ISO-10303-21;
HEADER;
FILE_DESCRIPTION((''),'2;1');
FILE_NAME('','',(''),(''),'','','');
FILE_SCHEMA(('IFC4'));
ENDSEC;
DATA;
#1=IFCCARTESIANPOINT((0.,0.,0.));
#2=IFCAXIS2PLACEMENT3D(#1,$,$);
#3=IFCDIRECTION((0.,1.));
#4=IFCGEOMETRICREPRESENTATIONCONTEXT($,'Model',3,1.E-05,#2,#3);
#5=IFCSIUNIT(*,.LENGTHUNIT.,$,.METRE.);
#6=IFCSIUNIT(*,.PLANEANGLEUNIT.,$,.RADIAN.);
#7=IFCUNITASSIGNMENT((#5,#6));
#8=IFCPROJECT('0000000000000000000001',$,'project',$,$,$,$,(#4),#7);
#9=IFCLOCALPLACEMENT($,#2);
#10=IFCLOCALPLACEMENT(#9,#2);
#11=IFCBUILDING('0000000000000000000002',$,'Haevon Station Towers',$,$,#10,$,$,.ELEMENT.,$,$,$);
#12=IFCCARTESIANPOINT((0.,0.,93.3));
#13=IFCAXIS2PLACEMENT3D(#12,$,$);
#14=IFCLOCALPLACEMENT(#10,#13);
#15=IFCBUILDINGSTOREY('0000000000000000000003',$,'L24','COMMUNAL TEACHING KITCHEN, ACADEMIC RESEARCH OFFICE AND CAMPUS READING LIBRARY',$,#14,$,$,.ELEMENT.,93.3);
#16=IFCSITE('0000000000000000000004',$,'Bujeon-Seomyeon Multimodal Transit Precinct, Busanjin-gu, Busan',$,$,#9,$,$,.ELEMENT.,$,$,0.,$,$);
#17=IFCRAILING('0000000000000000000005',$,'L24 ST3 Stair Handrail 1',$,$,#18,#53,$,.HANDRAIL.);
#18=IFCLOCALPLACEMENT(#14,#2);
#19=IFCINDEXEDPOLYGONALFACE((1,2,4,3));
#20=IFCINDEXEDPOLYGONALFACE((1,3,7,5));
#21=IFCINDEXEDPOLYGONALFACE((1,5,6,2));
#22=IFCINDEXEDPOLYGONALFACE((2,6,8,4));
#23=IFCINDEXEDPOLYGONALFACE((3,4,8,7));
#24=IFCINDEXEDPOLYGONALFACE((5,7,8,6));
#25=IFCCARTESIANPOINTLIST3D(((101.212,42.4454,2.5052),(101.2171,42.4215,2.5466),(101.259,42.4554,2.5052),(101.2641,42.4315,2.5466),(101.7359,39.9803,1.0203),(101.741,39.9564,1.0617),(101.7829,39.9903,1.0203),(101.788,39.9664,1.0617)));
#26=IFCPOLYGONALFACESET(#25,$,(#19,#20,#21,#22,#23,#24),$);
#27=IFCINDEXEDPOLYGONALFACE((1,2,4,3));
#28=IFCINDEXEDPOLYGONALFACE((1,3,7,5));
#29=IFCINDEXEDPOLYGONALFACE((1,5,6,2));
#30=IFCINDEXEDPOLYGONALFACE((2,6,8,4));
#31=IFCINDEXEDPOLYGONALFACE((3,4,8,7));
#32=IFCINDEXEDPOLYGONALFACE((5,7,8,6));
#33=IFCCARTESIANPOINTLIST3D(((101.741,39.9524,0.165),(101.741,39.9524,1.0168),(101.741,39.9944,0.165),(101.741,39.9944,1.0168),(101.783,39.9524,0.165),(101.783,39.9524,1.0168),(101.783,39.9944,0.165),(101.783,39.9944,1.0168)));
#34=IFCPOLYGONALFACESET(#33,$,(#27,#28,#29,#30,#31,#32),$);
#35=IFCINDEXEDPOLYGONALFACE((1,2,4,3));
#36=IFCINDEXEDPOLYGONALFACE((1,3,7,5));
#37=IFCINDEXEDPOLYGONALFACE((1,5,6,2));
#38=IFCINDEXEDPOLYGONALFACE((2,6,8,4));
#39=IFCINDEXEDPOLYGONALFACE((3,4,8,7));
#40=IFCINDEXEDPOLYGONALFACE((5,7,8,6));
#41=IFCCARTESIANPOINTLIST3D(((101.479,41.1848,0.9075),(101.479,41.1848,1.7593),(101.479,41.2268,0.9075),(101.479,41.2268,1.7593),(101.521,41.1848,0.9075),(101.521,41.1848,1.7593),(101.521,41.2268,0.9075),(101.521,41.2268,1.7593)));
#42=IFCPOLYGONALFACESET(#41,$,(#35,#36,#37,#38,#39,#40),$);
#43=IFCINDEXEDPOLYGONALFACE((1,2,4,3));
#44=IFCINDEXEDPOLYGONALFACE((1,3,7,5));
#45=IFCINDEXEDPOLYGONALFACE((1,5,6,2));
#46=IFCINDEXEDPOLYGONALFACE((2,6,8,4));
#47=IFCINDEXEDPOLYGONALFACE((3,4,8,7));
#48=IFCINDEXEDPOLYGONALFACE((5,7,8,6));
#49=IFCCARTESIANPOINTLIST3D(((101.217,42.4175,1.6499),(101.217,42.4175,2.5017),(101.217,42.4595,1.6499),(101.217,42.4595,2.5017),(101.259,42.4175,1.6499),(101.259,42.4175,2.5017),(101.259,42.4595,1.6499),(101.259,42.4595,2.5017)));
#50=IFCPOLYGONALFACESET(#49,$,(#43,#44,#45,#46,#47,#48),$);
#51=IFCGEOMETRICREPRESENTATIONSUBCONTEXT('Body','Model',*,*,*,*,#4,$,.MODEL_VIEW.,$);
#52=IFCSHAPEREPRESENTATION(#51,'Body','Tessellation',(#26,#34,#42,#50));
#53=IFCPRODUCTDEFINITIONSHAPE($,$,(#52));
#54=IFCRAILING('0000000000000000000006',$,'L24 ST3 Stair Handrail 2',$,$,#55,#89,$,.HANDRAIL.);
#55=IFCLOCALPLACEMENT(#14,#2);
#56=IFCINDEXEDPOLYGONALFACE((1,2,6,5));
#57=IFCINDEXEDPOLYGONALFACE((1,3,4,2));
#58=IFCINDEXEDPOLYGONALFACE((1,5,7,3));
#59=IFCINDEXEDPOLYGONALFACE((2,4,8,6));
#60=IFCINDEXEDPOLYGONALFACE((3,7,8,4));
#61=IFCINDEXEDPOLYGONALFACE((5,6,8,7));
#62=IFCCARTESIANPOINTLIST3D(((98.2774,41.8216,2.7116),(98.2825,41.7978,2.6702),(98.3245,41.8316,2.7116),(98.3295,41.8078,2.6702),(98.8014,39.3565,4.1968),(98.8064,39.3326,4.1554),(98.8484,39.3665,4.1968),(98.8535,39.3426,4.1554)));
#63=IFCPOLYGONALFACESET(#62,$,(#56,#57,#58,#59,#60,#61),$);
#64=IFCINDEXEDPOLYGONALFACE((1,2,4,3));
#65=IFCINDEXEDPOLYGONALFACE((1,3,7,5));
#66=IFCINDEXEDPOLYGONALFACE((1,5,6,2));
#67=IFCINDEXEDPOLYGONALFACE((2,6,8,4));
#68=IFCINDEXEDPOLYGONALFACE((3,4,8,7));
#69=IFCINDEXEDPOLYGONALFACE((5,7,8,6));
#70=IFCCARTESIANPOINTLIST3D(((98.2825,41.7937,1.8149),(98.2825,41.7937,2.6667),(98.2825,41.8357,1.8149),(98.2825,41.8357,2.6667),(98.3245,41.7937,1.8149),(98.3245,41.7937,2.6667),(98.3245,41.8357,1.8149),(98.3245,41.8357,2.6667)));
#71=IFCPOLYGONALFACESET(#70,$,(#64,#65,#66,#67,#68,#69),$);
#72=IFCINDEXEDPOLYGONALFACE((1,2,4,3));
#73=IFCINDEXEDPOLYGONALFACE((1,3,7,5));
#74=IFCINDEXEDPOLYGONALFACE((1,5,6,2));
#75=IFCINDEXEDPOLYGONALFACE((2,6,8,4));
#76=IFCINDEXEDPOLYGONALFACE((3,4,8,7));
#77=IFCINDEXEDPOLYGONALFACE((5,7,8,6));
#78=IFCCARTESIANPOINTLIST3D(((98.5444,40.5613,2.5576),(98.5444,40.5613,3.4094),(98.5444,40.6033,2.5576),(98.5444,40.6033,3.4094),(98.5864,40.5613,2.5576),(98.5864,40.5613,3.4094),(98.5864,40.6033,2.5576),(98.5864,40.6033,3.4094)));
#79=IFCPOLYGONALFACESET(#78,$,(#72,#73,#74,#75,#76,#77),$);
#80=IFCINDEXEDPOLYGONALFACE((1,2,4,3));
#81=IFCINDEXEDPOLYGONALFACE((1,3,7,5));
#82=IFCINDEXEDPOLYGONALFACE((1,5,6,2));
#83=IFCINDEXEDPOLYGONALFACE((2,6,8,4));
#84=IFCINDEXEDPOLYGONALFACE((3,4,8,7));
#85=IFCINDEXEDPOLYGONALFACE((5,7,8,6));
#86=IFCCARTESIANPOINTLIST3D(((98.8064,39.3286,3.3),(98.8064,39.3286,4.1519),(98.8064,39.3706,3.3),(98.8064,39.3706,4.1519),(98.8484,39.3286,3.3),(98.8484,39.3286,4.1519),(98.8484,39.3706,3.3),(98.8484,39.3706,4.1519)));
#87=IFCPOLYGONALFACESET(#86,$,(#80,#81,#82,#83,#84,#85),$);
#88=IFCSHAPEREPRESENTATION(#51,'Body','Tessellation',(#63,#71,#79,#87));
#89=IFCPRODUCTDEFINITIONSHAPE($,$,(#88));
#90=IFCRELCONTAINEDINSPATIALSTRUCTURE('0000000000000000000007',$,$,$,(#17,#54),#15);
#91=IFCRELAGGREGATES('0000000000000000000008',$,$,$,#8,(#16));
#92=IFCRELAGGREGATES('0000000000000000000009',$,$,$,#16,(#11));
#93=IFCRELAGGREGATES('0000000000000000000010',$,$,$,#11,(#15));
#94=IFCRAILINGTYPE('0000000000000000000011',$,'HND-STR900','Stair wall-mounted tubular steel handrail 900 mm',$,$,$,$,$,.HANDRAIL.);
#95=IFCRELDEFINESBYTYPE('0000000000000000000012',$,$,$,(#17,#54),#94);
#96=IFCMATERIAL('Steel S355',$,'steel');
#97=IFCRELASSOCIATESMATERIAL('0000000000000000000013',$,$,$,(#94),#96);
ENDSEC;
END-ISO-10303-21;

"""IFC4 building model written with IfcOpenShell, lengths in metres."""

from ifc_helpers import new_model, si_unit, direction, frame, origin, origin_2d, place, context, subcontext, project, spatial, rectangle, extrude, material, type_object, element, save


model = new_model("IFC4")

# Units and contexts
model_context = context("Model", 3, precision=1e-05, world=origin(), true_north=direction((0.0, 1.0)))
body_context = subcontext(model_context, "Body", "Model", "MODEL_VIEW")
ifc_project = project(units=[si_unit("LENGTHUNIT", "METRE"), si_unit("PLANEANGLEUNIT", "RADIAN")], contexts=[model_context])

# Site, building, storey
site_placement = place(None, origin())
site = spatial("IfcSite", under=ifc_project, at=site_placement, Name="Bujeon-Seomyeon Multimodal Transit Precinct, Busanjin-gu, Busan", CompositionType="ELEMENT", RefElevation=0.0)
building_placement = place(site_placement, origin())
building = spatial("IfcBuilding", under=site, at=building_placement, Name="Haevon Station Towers", CompositionType="ELEMENT")
storey_placement = place(building_placement, frame((0.0, 0.0, 93.3)))
storey = spatial("IfcBuildingStorey", under=building, at=storey_placement, Name="L24", Description="COMMUNAL TEACHING KITCHEN, ACADEMIC RESEARCH OFFICE AND CAMPUS READING LIBRARY", CompositionType="ELEMENT", Elevation=93.3)

# Shared definitions
ifc_material_1 = material(Name="Steel S355", Category="steel")

# Railings
railing_type_1 = type_object("IfcRailingType", Name="HND-STR900", Description="Stair wall-mounted tubular steel handrail 900 mm", PredefinedType="HANDRAIL", material=ifc_material_1)
railing_1_placement = place(storey_placement, frame((101.762, 39.9734, 0.165)))
element("IfcRailing", 1, at=railing_1_placement, inside=storey, type_object=railing_type_1, Name="L24 ST3 Stair Handrail 1", PredefinedType="HANDRAIL", context=body_context, shape_type="SweptSolid", body=[
    extrude(rectangle(XDim=0.0481, YDim=0.0481, at=origin_2d()), frame((0.0, 0.0, 0.876), z_axis=(-0.179116, 0.842748, 0.507635), x_axis=(-0.978151, -0.207895, 0.0)), (0.0, 0.0, 1.0), 2.925),
    extrude(rectangle(XDim=0.042, YDim=0.042, at=origin_2d()), origin(), (0.0, 0.0, 1.0), 0.8518),
    extrude(rectangle(XDim=0.042, YDim=0.042, at=origin_2d()), frame((-0.262, 1.2324, 0.7424)), (0.0, 0.0, 1.0), 0.8518),
    extrude(rectangle(XDim=0.042, YDim=0.042, at=origin_2d()), frame((-0.5239, 2.4651, 1.4849)), (0.0, 0.0, 1.0), 0.8518),
])
railing_2_placement = place(storey_placement, frame((98.3035, 41.8147, 1.8149)))
element("IfcRailing", 2, at=railing_2_placement, inside=storey, type_object=railing_type_1, Name="L24 ST3 Stair Handrail 2", PredefinedType="HANDRAIL", context=body_context, shape_type="SweptSolid", body=[
    extrude(rectangle(XDim=0.0481, YDim=0.0481, at=origin_2d()), frame((0.0, 0.0, 0.876), z_axis=(0.179109, -0.842712, 0.507697), x_axis=(0.978151, 0.207895, 0.0)), (0.0, 0.0, 1.0), 2.9253),
    extrude(rectangle(XDim=0.042, YDim=0.042, at=origin_2d()), origin(), (0.0, 0.0, 1.0), 0.8518),
    extrude(rectangle(XDim=0.042, YDim=0.042, at=origin_2d()), frame((0.262, -1.2324, 0.7427)), (0.0, 0.0, 1.0), 0.8518),
    extrude(rectangle(XDim=0.042, YDim=0.042, at=origin_2d()), frame((0.5239, -2.4651, 1.4851)), (0.0, 0.0, 1.0), 0.8518),
])

save(model, "model.ifc")
